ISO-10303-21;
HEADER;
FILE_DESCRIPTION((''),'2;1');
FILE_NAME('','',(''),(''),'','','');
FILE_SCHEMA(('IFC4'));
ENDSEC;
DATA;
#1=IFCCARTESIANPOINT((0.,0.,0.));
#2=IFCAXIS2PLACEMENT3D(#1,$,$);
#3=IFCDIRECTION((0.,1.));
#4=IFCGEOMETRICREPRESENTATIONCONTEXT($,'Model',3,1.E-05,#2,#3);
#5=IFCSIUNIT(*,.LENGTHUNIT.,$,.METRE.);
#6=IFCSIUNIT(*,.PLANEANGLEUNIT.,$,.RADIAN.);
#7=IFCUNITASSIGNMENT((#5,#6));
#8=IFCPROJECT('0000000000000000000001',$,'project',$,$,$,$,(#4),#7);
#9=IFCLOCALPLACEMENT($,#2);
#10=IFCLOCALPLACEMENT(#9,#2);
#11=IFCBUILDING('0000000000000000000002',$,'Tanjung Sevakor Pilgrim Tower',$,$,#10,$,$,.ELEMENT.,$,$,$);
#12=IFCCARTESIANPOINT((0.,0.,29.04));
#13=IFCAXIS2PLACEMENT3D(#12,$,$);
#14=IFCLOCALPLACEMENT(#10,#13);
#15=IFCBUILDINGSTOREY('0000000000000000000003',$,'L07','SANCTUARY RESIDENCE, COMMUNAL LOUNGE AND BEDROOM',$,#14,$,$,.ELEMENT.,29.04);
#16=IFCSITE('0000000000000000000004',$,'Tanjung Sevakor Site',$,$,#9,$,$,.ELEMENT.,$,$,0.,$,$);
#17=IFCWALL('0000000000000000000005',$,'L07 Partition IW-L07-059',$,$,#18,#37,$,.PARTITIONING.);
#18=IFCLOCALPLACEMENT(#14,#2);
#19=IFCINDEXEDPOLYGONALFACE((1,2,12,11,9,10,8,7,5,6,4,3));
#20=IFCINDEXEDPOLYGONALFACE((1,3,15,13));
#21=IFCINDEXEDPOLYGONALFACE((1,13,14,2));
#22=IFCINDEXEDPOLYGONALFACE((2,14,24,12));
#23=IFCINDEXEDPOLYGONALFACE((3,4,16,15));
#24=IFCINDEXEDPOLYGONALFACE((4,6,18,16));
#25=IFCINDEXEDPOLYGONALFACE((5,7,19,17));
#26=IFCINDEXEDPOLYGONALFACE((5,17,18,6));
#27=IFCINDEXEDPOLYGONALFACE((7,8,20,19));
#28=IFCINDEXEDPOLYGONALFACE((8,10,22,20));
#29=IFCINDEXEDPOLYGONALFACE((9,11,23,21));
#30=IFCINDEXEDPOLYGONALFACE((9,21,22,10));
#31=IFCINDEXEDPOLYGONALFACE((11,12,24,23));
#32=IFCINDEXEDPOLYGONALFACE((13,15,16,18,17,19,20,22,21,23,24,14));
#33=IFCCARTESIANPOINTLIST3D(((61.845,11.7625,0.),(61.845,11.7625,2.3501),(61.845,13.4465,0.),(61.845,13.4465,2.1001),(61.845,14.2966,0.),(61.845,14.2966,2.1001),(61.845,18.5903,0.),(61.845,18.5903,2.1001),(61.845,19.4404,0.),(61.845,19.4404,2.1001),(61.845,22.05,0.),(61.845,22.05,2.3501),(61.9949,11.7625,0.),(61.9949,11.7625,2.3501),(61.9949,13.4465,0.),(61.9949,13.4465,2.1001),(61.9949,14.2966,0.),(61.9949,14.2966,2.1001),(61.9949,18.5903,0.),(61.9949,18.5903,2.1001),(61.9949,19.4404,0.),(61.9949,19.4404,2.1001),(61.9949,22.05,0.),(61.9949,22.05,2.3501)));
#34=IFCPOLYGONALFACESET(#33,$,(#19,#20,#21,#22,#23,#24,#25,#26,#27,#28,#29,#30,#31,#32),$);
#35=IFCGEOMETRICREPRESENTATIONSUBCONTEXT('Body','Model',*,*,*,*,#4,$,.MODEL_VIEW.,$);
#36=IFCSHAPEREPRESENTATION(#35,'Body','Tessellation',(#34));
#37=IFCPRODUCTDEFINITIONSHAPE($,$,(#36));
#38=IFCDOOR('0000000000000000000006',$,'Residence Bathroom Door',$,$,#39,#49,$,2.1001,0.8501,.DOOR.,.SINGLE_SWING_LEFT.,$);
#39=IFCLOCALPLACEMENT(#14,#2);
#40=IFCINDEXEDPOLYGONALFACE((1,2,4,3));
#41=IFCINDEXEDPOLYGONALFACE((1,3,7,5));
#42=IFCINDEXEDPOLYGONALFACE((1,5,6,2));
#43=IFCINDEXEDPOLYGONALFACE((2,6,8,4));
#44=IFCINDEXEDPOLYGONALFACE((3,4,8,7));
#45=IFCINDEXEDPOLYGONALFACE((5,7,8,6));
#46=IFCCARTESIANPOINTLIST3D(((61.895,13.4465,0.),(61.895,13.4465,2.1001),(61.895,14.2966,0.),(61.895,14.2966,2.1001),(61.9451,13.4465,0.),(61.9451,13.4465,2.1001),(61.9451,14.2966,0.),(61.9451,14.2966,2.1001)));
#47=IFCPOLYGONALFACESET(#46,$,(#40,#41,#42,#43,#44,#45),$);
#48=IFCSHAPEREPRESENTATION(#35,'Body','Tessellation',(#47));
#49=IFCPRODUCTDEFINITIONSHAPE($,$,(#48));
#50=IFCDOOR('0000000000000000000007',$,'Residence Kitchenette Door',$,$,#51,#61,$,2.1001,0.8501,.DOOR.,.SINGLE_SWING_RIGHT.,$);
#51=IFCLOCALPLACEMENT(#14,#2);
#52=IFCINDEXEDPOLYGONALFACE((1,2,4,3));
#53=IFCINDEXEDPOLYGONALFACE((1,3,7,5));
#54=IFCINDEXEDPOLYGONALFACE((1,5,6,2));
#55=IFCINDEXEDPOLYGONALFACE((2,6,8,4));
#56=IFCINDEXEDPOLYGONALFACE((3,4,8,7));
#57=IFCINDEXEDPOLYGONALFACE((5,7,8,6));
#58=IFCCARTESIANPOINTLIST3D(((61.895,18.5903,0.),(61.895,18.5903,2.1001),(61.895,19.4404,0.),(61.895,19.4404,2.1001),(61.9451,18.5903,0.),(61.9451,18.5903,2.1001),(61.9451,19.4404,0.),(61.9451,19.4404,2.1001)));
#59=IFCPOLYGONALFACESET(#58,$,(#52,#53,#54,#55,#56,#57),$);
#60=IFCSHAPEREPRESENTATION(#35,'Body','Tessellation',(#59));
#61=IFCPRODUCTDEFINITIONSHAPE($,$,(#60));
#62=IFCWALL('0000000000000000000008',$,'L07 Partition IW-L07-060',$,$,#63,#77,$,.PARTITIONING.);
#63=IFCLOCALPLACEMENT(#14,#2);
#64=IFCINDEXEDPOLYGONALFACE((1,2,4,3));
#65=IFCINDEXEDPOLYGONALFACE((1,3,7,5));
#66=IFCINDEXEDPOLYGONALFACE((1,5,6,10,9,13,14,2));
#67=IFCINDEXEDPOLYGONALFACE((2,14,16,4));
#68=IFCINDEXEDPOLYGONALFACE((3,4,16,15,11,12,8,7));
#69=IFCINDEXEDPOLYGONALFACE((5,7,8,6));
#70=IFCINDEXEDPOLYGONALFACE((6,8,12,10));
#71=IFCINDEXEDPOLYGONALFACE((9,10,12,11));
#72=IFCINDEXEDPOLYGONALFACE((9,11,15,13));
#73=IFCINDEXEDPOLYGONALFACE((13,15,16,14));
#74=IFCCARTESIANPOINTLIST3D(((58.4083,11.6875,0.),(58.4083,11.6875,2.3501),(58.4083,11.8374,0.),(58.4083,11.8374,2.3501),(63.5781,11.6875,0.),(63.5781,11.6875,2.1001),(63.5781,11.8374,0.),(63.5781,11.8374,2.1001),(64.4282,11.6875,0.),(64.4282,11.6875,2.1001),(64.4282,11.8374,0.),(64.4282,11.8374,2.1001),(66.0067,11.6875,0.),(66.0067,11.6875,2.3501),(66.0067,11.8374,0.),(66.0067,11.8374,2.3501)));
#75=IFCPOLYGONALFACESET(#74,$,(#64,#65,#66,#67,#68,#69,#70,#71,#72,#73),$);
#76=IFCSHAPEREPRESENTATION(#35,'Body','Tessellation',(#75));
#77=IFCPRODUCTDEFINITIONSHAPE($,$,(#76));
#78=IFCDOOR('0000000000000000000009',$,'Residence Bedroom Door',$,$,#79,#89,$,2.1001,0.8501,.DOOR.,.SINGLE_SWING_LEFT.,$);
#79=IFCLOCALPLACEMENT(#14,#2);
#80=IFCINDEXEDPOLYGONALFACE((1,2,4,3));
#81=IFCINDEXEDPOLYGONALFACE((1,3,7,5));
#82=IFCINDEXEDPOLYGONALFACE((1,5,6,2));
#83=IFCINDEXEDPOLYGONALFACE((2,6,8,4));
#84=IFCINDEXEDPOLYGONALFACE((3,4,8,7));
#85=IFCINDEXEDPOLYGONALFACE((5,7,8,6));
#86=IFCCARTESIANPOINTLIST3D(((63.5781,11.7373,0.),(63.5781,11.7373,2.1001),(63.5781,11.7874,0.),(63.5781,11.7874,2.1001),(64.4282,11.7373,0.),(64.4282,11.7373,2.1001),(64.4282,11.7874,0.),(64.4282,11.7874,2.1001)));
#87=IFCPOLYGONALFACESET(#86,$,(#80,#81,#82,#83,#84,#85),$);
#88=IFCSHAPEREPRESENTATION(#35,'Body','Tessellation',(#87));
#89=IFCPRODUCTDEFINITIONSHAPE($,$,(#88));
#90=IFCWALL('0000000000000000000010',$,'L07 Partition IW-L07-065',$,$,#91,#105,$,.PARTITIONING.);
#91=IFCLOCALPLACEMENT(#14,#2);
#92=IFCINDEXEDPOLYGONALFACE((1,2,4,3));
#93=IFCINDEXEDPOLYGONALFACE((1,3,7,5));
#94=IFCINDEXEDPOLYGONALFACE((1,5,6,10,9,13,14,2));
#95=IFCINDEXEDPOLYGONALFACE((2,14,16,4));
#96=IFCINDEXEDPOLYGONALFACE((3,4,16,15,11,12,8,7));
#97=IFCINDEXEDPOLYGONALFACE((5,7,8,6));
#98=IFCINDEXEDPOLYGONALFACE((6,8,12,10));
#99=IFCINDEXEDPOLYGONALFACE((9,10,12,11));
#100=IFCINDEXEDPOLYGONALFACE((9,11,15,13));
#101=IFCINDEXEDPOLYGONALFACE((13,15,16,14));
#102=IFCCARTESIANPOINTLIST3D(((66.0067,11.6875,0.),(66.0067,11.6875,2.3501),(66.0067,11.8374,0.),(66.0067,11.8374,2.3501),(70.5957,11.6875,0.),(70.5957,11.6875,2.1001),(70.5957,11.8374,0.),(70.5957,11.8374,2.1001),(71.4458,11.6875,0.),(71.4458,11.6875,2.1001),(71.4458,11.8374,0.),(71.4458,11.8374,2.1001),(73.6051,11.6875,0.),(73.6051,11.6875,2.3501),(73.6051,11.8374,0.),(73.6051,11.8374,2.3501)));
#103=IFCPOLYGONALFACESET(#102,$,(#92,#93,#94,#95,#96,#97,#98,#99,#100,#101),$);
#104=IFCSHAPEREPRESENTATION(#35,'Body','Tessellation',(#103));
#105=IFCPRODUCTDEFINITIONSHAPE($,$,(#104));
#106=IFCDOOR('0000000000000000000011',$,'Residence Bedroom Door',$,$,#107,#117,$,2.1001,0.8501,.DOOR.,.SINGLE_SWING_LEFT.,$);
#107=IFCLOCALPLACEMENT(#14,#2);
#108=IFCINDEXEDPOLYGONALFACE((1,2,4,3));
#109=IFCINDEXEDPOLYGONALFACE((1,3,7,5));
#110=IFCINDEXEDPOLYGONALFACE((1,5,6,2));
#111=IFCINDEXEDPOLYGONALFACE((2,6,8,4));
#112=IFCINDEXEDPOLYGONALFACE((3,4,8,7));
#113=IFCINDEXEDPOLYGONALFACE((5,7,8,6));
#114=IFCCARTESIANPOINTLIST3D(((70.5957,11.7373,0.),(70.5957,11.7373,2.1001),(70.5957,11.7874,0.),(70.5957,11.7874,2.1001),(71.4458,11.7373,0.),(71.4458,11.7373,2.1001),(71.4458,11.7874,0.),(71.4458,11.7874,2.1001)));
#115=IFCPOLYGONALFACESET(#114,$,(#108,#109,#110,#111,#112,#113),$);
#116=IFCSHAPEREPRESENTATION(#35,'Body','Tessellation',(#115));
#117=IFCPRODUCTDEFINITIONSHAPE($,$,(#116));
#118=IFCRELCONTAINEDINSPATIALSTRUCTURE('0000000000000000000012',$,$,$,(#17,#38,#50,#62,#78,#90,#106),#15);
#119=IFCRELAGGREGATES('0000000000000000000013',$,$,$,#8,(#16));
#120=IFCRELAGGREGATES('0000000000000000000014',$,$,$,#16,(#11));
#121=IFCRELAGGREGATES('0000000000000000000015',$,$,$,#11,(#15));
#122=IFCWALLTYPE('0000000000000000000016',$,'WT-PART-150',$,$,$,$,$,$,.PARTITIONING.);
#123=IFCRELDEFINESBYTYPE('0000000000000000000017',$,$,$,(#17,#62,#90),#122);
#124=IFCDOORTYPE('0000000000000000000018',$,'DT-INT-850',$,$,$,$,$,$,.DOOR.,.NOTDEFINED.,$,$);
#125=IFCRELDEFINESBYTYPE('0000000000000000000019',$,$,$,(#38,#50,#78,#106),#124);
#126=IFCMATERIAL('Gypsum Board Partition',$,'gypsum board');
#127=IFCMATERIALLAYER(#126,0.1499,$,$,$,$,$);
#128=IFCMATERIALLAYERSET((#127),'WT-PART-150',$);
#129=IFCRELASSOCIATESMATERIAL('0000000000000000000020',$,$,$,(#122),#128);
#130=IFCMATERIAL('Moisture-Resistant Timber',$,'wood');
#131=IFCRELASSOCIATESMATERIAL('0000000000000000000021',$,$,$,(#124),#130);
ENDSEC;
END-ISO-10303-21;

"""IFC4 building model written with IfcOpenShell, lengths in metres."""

from ifc_helpers import new_model, si_unit, direction, frame, frame_2d, origin, place, context, subcontext, project, spatial, rectangle, extrude, material, layer, layer_set, type_object, element, fill, save


model = new_model("IFC4")

# Units and contexts
model_context = context("Model", 3, precision=1e-05, world=origin(), true_north=direction((0.0, 1.0)))
body_context = subcontext(model_context, "Body", "Model", "MODEL_VIEW")
ifc_project = project(units=[si_unit("LENGTHUNIT", "METRE"), si_unit("PLANEANGLEUNIT", "RADIAN")], contexts=[model_context])

# Site, building, storey
site_placement = place(None, origin())
site = spatial("IfcSite", under=ifc_project, at=site_placement, Name="Tanjung Sevakor Site", CompositionType="ELEMENT", RefElevation=0.0)
building_placement = place(site_placement, origin())
building = spatial("IfcBuilding", under=site, at=building_placement, Name="Tanjung Sevakor Pilgrim Tower", CompositionType="ELEMENT")
storey_placement = place(building_placement, frame((0.0, 0.0, 29.04)))
storey = spatial("IfcBuildingStorey", under=building, at=storey_placement, Name="L07", Description="SANCTUARY RESIDENCE, COMMUNAL LOUNGE AND BEDROOM", CompositionType="ELEMENT", Elevation=29.04)

# Shared definitions
ifc_material_1 = material(Name="Gypsum Board Partition", Category="gypsum board")
ifc_layer_1 = layer(ifc_material_1, 0.1499)
ifc_layer_set_1 = layer_set([ifc_layer_1], Name="WT-PART-150")
wall_type_1 = type_object("IfcWallType", Name="WT-PART-150", PredefinedType="PARTITIONING", material=ifc_layer_set_1)

# Wall, openings, doors
wall_1_placement = place(storey_placement, frame((61.9199, 11.7625, 0.0), z_axis=(0.0, 0.0, 1.0), x_axis=(0.0, 1.0, 0.0)))
wall_1 = element("IfcWall", 1, at=wall_1_placement, inside=storey, type_object=wall_type_1, Name="L07 Partition IW-L07-059", PredefinedType="PARTITIONING", context=body_context, shape_type="SweptSolid", body=[
    extrude(rectangle(XDim=10.2876, YDim=0.1499, at=frame_2d((5.1438, 0.0))), origin(), (0.0, 0.0, 1.0), 2.3501),
])
opening_1_placement = place(wall_1_placement, frame((1.6841, 0.0, 0.0)))
opening_1 = element("IfcOpeningElement", 2, at=opening_1_placement, cuts=wall_1, PredefinedType="OPENING", context=body_context, shape_type="SweptSolid", body=[
    extrude(rectangle(XDim=0.8501, YDim=2.1001, at=frame_2d((0.425, 1.05))), frame((0.0, 0.085, 0.0), z_axis=(0.0, -1.0, 0.0), x_axis=(1.0, 0.0, 0.0)), (0.0, 0.0, 1.0), 0.1699),
])
opening_2_placement = place(wall_1_placement, frame((6.8279, 0.0, 0.0)))
opening_2 = element("IfcOpeningElement", 3, at=opening_2_placement, cuts=wall_1, PredefinedType="OPENING", context=body_context, shape_type="SweptSolid", body=[
    extrude(rectangle(XDim=0.8501, YDim=2.1001, at=frame_2d((0.425, 1.05))), frame((0.0, 0.085, 0.0), z_axis=(0.0, -1.0, 0.0), x_axis=(1.0, 0.0, 0.0)), (0.0, 0.0, 1.0), 0.1699),
])
ifc_material_2 = material(Name="Moisture-Resistant Timber", Category="wood")
door_type_1 = type_object("IfcDoorType", Name="DT-INT-850", OperationType="NOTDEFINED", PredefinedType="DOOR", material=ifc_material_2)
door_1_placement = place(opening_1_placement, origin())
door_1 = element("IfcDoor", 4, at=door_1_placement, inside=storey, type_object=door_type_1, Name="Residence Bathroom Door", OperationType="SINGLE_SWING_LEFT", OverallHeight=2.1001, OverallWidth=0.8501, PredefinedType="DOOR", context=body_context, shape_type="SweptSolid", body=[
    extrude(rectangle(XDim=0.8501, YDim=2.1001, at=frame_2d((0.425, 1.05))), frame((0.0, 0.0249, 0.0), z_axis=(0.0, -1.0, 0.0), x_axis=(1.0, 0.0, 0.0)), (0.0, 0.0, 1.0), 0.05),
])
fill(opening_1, door_1)
door_2_placement = place(opening_2_placement, origin())
door_2 = element("IfcDoor", 5, at=door_2_placement, inside=storey, type_object=door_type_1, Name="Residence Kitchenette Door", OperationType="SINGLE_SWING_RIGHT", OverallHeight=2.1001, OverallWidth=0.8501, PredefinedType="DOOR", context=body_context, shape_type="SweptSolid", body=[
    extrude(rectangle(XDim=0.8501, YDim=2.1001, at=frame_2d((0.425, 1.05))), frame((0.0, 0.0249, 0.0), z_axis=(0.0, -1.0, 0.0), x_axis=(1.0, 0.0, 0.0)), (0.0, 0.0, 1.0), 0.05),
])
fill(opening_2, door_2)

# Walls, openings, doors
wall_2_placement = place(storey_placement, frame((58.4082, 11.7625, 0.0), z_axis=(0.0, 0.0, 1.0), x_axis=(1.0, 0.0, 0.0)))
wall_2 = element("IfcWall", 6, at=wall_2_placement, inside=storey, type_object=wall_type_1, Name="L07 Partition IW-L07-060", PredefinedType="PARTITIONING", context=body_context, shape_type="SweptSolid", body=[
    extrude(rectangle(XDim=7.5984, YDim=0.1499, at=frame_2d((3.7993, 0.0))), origin(), (0.0, 0.0, 1.0), 2.3501),
])
opening_3_placement = place(wall_2_placement, frame((5.1699, 0.0, 0.0)))
opening_3 = element("IfcOpeningElement", 7, at=opening_3_placement, cuts=wall_2, PredefinedType="OPENING", context=body_context, shape_type="SweptSolid", body=[
    extrude(rectangle(XDim=0.8501, YDim=2.1001, at=frame_2d((0.425, 1.05))), frame((0.0, 0.085, 0.0), z_axis=(0.0, -1.0, 0.0), x_axis=(1.0, 0.0, 0.0)), (0.0, 0.0, 1.0), 0.1699),
])
door_3_placement = place(opening_3_placement, origin())
door_3 = element("IfcDoor", 8, at=door_3_placement, inside=storey, type_object=door_type_1, Name="Residence Bedroom Door", OperationType="SINGLE_SWING_LEFT", OverallHeight=2.1001, OverallWidth=0.8501, PredefinedType="DOOR", context=body_context, shape_type="SweptSolid", body=[
    extrude(rectangle(XDim=0.8501, YDim=2.1001, at=frame_2d((0.425, 1.05))), frame((0.0, 0.0249, 0.0), z_axis=(0.0, -1.0, 0.0), x_axis=(1.0, 0.0, 0.0)), (0.0, 0.0, 1.0), 0.05),
])
fill(opening_3, door_3)
wall_3_placement = place(storey_placement, frame((66.0066, 11.7625, 0.0), z_axis=(0.0, 0.0, 1.0), x_axis=(1.0, 0.0, 0.0)))
wall_3 = element("IfcWall", 9, at=wall_3_placement, inside=storey, type_object=wall_type_1, Name="L07 Partition IW-L07-065", PredefinedType="PARTITIONING", context=body_context, shape_type="SweptSolid", body=[
    extrude(rectangle(XDim=7.5984, YDim=0.1499, at=frame_2d((3.7993, 0.0))), origin(), (0.0, 0.0, 1.0), 2.3501),
])
opening_4_placement = place(wall_3_placement, frame((4.5891, 0.0, 0.0)))
opening_4 = element("IfcOpeningElement", 10, at=opening_4_placement, cuts=wall_3, PredefinedType="OPENING", context=body_context, shape_type="SweptSolid", body=[
    extrude(rectangle(XDim=0.8501, YDim=2.1001, at=frame_2d((0.425, 1.05))), frame((0.0, 0.085, 0.0), z_axis=(0.0, -1.0, 0.0), x_axis=(1.0, 0.0, 0.0)), (0.0, 0.0, 1.0), 0.1699),
])
door_4_placement = place(opening_4_placement, origin())
door_4 = element("IfcDoor", 11, at=door_4_placement, inside=storey, type_object=door_type_1, Name="Residence Bedroom Door", OperationType="SINGLE_SWING_LEFT", OverallHeight=2.1001, OverallWidth=0.8501, PredefinedType="DOOR", context=body_context, shape_type="SweptSolid", body=[
    extrude(rectangle(XDim=0.8501, YDim=2.1001, at=frame_2d((0.425, 1.05))), frame((0.0, 0.0249, 0.0), z_axis=(0.0, -1.0, 0.0), x_axis=(1.0, 0.0, 0.0)), (0.0, 0.0, 1.0), 0.05),
])
fill(opening_4, door_4)

save(model, "model.ifc")
